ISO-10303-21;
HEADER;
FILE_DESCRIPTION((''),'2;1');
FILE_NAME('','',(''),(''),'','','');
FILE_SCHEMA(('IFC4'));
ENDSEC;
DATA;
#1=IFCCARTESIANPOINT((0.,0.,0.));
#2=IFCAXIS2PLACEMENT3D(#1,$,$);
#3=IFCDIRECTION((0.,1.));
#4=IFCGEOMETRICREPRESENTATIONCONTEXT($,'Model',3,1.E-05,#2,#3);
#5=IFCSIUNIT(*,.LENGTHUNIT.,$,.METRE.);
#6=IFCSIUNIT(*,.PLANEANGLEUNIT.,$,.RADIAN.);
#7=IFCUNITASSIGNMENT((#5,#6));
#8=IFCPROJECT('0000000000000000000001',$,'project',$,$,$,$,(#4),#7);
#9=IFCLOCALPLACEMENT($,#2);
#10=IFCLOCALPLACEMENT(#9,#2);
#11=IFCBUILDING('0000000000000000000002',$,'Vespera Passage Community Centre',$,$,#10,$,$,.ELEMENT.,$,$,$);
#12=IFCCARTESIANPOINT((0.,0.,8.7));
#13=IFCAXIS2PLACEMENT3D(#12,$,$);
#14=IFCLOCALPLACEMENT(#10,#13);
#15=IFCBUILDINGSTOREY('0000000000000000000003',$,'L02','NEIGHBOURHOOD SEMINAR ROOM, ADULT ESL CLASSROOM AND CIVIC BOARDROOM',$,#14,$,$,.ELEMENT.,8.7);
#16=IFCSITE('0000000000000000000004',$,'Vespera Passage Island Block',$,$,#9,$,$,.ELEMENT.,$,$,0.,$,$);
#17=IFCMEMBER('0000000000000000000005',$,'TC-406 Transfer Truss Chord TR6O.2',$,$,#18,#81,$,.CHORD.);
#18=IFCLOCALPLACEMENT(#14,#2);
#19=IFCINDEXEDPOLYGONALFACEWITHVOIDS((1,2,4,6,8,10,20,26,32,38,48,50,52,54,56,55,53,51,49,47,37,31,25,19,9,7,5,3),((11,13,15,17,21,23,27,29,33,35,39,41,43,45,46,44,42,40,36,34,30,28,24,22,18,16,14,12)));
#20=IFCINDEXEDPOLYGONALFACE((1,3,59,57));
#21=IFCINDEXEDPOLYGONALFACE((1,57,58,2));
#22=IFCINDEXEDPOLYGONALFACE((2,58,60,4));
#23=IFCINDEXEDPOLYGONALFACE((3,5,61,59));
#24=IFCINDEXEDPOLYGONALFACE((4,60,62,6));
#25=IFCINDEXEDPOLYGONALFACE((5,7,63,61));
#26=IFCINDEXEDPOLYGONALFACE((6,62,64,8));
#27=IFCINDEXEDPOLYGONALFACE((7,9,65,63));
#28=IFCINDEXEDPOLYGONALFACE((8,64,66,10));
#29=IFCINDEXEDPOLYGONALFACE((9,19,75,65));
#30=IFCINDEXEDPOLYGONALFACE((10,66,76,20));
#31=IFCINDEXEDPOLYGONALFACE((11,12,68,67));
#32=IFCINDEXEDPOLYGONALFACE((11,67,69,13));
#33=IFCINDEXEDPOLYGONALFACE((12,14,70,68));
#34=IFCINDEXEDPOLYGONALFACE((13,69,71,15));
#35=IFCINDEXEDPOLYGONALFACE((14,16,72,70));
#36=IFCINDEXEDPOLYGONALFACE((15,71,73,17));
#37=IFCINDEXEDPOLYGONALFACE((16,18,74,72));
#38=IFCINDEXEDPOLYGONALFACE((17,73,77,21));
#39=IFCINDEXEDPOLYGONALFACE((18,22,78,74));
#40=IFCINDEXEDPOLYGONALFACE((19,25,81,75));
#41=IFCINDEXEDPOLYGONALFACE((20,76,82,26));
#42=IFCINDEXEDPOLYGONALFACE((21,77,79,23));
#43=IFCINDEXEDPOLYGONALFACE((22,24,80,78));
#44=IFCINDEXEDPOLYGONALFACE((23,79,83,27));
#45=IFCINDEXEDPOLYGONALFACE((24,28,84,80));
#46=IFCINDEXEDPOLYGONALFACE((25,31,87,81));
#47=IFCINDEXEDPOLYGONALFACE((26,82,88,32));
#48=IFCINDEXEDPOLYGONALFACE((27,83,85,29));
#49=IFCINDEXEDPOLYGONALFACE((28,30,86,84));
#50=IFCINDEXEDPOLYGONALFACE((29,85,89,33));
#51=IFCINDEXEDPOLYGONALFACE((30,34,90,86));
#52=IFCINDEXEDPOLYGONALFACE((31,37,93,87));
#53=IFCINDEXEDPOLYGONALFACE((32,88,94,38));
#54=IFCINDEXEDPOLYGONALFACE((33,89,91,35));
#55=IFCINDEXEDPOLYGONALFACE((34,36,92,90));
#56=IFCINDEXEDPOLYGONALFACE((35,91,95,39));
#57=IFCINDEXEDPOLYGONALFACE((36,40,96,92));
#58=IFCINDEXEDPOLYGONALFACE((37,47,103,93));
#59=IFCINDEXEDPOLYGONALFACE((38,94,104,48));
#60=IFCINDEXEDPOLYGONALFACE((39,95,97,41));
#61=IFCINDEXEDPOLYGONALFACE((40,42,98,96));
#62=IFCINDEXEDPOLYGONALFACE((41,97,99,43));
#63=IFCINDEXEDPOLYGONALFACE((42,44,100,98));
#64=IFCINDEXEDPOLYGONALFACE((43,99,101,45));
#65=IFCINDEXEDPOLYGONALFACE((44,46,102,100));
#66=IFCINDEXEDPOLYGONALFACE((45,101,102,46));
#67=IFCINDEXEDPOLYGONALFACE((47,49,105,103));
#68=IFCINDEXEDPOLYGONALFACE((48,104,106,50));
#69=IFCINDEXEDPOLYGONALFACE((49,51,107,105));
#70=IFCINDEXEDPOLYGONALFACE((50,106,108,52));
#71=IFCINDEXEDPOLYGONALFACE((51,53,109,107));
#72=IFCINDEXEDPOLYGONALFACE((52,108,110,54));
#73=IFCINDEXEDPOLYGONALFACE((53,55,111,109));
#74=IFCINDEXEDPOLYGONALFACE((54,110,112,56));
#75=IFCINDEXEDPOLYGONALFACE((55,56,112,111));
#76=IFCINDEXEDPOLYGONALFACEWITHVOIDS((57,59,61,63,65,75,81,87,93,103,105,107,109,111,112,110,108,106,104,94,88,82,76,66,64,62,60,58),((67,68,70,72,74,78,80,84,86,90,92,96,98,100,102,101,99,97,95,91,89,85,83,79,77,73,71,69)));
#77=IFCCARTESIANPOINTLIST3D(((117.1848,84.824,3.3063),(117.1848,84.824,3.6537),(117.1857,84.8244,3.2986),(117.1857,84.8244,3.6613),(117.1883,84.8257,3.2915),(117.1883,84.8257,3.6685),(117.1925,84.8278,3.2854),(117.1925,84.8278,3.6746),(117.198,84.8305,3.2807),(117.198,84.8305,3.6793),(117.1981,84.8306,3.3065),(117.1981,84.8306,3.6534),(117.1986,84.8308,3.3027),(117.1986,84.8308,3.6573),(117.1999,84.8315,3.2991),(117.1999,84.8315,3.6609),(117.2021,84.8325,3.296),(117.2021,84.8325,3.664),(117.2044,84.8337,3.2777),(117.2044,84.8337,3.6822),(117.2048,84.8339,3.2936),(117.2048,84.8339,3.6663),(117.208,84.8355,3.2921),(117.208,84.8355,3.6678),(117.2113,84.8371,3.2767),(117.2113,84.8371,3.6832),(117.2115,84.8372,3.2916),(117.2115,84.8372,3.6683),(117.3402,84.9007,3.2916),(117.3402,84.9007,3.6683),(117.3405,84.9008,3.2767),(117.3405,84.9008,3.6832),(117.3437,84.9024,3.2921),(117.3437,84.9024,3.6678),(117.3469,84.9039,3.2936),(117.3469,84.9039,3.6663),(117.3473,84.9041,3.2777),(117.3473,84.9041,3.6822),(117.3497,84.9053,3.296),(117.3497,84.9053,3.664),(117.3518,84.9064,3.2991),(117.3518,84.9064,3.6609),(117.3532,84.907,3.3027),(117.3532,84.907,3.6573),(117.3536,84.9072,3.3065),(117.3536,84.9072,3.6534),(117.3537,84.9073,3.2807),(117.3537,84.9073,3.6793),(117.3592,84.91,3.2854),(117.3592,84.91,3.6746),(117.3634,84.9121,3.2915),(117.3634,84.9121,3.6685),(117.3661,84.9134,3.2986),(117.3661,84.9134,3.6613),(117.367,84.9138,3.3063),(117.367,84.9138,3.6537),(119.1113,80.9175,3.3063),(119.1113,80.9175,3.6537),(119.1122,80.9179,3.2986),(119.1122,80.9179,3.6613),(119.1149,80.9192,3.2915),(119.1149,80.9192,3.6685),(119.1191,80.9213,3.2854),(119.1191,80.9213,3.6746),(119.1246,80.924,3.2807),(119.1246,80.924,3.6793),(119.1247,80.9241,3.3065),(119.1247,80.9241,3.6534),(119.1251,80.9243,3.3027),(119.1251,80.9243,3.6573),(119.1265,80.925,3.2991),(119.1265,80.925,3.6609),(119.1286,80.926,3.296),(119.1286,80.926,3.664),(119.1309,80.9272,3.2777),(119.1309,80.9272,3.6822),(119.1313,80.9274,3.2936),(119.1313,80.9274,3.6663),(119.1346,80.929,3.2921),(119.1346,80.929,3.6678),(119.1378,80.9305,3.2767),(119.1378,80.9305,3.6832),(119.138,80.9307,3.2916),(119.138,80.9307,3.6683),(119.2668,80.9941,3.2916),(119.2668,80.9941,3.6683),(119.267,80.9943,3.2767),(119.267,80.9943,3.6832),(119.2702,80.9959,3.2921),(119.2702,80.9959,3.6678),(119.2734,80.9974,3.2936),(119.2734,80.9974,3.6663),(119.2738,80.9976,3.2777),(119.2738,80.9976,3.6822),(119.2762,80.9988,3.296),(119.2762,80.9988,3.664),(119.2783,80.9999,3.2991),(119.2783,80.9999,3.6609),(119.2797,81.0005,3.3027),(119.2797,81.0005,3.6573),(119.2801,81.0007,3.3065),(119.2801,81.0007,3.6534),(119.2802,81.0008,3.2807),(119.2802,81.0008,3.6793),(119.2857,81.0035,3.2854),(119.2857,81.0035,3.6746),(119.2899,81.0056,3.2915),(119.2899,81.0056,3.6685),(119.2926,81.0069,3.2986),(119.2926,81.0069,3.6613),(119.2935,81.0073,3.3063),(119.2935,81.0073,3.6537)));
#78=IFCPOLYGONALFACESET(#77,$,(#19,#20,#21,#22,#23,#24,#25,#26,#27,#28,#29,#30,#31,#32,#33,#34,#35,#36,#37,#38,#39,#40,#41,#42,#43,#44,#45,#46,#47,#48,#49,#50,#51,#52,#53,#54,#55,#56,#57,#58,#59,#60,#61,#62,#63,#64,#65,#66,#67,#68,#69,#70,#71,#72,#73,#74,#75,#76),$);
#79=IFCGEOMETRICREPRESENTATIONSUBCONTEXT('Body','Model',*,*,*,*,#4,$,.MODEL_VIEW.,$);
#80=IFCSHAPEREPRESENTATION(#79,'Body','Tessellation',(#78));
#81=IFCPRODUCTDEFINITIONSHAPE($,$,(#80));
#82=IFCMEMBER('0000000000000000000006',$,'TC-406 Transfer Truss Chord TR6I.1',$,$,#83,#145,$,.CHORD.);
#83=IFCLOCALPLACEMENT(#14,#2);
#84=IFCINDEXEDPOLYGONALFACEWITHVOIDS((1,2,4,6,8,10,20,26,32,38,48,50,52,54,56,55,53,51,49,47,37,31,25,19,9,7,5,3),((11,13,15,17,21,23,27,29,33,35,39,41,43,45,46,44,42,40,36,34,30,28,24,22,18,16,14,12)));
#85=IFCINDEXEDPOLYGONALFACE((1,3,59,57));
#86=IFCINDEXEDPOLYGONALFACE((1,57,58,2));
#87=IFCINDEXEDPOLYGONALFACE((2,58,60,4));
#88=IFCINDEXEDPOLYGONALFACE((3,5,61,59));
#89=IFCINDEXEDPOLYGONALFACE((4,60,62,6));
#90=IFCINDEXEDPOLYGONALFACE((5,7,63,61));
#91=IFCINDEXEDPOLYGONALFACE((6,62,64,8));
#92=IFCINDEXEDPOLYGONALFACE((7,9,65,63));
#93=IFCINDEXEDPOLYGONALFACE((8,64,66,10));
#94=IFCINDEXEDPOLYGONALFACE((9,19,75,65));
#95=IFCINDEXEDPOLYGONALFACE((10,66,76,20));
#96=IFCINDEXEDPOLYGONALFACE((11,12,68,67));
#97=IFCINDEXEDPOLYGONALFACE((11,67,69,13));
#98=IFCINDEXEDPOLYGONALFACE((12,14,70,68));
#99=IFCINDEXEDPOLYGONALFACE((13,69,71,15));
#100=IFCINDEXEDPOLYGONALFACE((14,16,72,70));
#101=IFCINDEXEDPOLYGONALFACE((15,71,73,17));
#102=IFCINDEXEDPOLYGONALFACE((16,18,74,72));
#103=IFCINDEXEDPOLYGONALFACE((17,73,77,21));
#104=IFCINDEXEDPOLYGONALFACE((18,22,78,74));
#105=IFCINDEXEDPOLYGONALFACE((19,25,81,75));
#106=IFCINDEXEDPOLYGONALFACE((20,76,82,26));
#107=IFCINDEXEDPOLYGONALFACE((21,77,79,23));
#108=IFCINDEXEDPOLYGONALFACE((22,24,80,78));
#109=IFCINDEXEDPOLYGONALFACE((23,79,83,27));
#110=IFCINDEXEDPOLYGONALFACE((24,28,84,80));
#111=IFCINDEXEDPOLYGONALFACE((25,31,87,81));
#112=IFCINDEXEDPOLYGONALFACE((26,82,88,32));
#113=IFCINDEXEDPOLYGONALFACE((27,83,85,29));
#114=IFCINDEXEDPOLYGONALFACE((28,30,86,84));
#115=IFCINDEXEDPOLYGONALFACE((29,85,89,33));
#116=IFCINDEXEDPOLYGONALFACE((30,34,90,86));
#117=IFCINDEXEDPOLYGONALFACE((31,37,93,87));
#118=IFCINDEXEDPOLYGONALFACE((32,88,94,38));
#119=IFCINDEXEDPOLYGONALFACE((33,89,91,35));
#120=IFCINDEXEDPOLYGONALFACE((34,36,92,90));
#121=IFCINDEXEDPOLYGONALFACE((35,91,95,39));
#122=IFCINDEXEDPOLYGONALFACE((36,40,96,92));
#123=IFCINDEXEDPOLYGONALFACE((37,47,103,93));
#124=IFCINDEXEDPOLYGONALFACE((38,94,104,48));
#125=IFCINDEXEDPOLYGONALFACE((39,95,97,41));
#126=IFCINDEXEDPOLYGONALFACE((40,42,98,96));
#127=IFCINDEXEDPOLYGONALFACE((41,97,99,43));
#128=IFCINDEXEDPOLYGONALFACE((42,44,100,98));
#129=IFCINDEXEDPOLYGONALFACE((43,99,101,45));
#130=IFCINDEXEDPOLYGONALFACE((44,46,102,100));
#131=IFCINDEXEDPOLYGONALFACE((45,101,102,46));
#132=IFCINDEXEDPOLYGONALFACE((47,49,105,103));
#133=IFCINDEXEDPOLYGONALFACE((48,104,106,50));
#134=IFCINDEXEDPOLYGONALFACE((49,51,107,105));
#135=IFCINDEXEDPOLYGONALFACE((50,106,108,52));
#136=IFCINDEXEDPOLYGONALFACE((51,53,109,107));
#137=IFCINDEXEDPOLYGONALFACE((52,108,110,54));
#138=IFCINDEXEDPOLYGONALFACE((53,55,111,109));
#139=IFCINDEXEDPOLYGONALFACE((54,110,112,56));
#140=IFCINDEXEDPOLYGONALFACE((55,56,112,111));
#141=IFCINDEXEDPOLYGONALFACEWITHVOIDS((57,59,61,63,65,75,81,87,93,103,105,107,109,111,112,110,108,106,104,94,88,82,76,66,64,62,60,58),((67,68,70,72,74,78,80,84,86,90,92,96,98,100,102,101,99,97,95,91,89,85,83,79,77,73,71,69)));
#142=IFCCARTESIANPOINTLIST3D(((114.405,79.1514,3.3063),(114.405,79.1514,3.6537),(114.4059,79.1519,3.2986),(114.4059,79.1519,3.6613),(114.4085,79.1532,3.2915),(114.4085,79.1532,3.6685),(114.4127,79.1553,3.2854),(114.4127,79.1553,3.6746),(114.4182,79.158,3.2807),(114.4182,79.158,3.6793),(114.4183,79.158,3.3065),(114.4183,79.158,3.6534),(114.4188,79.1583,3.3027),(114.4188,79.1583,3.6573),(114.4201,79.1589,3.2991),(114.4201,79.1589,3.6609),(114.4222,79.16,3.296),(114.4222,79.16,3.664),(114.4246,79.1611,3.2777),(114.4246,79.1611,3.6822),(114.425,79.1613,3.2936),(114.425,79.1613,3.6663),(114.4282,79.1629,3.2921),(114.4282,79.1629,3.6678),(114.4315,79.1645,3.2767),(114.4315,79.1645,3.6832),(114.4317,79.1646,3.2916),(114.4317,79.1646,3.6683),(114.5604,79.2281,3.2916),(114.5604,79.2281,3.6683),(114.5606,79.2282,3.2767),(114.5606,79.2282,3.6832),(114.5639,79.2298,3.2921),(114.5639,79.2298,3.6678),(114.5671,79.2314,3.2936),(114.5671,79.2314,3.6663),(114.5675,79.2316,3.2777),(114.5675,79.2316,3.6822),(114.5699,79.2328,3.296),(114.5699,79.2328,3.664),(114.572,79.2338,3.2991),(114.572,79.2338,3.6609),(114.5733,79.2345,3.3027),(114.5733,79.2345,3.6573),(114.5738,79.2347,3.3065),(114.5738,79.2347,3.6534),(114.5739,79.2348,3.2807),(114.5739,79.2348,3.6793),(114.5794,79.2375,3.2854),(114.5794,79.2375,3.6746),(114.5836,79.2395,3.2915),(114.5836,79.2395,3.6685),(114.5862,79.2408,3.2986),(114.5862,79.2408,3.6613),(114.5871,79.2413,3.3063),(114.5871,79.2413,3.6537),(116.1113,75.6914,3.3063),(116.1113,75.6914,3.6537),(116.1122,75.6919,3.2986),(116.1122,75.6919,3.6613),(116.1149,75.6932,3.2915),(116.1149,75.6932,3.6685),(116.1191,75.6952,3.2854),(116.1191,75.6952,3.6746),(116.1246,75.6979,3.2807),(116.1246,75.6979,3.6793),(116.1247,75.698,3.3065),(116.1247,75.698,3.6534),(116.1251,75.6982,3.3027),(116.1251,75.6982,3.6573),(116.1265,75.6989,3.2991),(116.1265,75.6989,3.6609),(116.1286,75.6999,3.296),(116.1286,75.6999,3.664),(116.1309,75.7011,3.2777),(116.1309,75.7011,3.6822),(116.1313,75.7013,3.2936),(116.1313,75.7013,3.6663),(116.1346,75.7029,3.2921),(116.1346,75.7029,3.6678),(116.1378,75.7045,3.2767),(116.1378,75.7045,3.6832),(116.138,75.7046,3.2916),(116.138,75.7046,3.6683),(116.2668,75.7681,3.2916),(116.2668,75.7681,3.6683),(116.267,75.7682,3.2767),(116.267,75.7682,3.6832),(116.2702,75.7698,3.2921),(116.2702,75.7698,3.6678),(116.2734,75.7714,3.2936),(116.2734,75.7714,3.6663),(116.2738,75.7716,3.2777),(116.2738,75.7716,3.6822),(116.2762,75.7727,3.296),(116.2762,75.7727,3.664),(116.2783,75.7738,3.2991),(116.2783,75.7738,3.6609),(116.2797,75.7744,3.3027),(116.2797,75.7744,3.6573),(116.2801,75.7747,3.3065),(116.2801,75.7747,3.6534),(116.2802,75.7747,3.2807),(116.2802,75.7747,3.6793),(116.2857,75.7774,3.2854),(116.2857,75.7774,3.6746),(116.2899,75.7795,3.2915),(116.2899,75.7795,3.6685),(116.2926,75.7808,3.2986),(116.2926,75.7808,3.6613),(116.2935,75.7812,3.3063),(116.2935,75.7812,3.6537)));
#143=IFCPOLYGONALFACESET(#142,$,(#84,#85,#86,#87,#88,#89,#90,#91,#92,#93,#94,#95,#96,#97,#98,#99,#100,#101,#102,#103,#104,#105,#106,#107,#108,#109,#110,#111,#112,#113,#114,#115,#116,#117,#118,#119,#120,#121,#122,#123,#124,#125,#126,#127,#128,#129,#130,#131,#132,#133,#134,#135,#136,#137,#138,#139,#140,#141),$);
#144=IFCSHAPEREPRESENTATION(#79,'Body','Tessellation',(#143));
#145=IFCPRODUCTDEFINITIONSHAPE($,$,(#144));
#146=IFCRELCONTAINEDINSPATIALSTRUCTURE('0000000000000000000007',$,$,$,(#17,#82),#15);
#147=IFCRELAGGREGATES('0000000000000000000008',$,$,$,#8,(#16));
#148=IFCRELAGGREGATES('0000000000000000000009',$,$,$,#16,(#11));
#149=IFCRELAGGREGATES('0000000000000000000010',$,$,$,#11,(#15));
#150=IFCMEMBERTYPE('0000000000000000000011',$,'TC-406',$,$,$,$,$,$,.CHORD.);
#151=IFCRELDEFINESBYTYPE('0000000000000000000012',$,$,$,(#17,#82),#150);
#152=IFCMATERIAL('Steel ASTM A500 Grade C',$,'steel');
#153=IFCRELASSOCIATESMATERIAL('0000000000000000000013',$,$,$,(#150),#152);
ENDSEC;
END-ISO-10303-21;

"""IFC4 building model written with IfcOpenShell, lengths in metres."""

from ifc_helpers import new_model, si_unit, direction, frame, origin, origin_2d, place, context, subcontext, project, spatial, hollow_rectangle, extrude, material, material_profile, profile_set, type_object, element, save


model = new_model("IFC4")

# Units and contexts
model_context = context("Model", 3, precision=1e-05, world=origin(), true_north=direction((0.0, 1.0)))
body_context = subcontext(model_context, "Body", "Model", "MODEL_VIEW")
ifc_project = project(units=[si_unit("LENGTHUNIT", "METRE"), si_unit("PLANEANGLEUNIT", "RADIAN")], contexts=[model_context])

# Site, building, storey
site_placement = place(None, origin())
site = spatial("IfcSite", under=ifc_project, at=site_placement, Name="Vespera Passage Island Block", CompositionType="ELEMENT", RefElevation=0.0)
building_placement = place(site_placement, origin())
building = spatial("IfcBuilding", under=site, at=building_placement, Name="Vespera Passage Community Centre", CompositionType="ELEMENT")
storey_placement = place(building_placement, frame((0.0, 0.0, 8.7)))
storey = spatial("IfcBuildingStorey", under=building, at=storey_placement, Name="L02", Description="NEIGHBOURHOOD SEMINAR ROOM, ADULT ESL CLASSROOM AND CIVIC BOARDROOM", CompositionType="ELEMENT", Elevation=8.7)

# Members
ifc_material_1 = material(Name="Steel ASTM A500 Grade C", Category="steel")
ifc_material_profile_1 = material_profile(ifc_material_1, hollow_rectangle(XDim=0.2031, YDim=0.4065, WallThickness=0.0149, InnerFilletRadius=0.0149, OuterFilletRadius=0.0295, at=origin_2d()), Name="HSS406X203X15.9")
ifc_profile_set_1 = profile_set([ifc_material_profile_1], Name="Steel ASTM A500 Grade C")
member_type_1 = type_object("IfcMemberType", Name="TC-406", PredefinedType="CHORD", material=ifc_profile_set_1)
member_1_placement = place(storey_placement, frame((119.2024, 80.9624, 3.48), z_axis=(-0.442297, 0.896869, 0.0), x_axis=(-0.896869, -0.442297, 0.0)))
element("IfcMember", 1, at=member_1_placement, inside=storey, type_object=member_type_1, Name="TC-406 Transfer Truss Chord TR6O.2", PredefinedType="CHORD", context=body_context, shape_type="SweptSolid", body=[
    extrude(hollow_rectangle(XDim=0.2031, YDim=0.4065, WallThickness=0.0149, InnerFilletRadius=0.0149, OuterFilletRadius=0.0295, at=origin_2d()), origin(), (0.0, 0.0, 1.0), 4.3557),
])
member_2_placement = place(storey_placement, frame((116.2024, 75.7363, 3.48), z_axis=(-0.442296, 0.896869, 0.0), x_axis=(-0.896869, -0.442296, 0.0)))
element("IfcMember", 2, at=member_2_placement, inside=storey, type_object=member_type_1, Name="TC-406 Transfer Truss Chord TR6I.1", PredefinedType="CHORD", context=body_context, shape_type="SweptSolid", body=[
    extrude(hollow_rectangle(XDim=0.2031, YDim=0.4065, WallThickness=0.0149, InnerFilletRadius=0.0149, OuterFilletRadius=0.0295, at=origin_2d()), origin(), (0.0, 0.0, 1.0), 3.8579),
])

save(model, "model.ifc")
